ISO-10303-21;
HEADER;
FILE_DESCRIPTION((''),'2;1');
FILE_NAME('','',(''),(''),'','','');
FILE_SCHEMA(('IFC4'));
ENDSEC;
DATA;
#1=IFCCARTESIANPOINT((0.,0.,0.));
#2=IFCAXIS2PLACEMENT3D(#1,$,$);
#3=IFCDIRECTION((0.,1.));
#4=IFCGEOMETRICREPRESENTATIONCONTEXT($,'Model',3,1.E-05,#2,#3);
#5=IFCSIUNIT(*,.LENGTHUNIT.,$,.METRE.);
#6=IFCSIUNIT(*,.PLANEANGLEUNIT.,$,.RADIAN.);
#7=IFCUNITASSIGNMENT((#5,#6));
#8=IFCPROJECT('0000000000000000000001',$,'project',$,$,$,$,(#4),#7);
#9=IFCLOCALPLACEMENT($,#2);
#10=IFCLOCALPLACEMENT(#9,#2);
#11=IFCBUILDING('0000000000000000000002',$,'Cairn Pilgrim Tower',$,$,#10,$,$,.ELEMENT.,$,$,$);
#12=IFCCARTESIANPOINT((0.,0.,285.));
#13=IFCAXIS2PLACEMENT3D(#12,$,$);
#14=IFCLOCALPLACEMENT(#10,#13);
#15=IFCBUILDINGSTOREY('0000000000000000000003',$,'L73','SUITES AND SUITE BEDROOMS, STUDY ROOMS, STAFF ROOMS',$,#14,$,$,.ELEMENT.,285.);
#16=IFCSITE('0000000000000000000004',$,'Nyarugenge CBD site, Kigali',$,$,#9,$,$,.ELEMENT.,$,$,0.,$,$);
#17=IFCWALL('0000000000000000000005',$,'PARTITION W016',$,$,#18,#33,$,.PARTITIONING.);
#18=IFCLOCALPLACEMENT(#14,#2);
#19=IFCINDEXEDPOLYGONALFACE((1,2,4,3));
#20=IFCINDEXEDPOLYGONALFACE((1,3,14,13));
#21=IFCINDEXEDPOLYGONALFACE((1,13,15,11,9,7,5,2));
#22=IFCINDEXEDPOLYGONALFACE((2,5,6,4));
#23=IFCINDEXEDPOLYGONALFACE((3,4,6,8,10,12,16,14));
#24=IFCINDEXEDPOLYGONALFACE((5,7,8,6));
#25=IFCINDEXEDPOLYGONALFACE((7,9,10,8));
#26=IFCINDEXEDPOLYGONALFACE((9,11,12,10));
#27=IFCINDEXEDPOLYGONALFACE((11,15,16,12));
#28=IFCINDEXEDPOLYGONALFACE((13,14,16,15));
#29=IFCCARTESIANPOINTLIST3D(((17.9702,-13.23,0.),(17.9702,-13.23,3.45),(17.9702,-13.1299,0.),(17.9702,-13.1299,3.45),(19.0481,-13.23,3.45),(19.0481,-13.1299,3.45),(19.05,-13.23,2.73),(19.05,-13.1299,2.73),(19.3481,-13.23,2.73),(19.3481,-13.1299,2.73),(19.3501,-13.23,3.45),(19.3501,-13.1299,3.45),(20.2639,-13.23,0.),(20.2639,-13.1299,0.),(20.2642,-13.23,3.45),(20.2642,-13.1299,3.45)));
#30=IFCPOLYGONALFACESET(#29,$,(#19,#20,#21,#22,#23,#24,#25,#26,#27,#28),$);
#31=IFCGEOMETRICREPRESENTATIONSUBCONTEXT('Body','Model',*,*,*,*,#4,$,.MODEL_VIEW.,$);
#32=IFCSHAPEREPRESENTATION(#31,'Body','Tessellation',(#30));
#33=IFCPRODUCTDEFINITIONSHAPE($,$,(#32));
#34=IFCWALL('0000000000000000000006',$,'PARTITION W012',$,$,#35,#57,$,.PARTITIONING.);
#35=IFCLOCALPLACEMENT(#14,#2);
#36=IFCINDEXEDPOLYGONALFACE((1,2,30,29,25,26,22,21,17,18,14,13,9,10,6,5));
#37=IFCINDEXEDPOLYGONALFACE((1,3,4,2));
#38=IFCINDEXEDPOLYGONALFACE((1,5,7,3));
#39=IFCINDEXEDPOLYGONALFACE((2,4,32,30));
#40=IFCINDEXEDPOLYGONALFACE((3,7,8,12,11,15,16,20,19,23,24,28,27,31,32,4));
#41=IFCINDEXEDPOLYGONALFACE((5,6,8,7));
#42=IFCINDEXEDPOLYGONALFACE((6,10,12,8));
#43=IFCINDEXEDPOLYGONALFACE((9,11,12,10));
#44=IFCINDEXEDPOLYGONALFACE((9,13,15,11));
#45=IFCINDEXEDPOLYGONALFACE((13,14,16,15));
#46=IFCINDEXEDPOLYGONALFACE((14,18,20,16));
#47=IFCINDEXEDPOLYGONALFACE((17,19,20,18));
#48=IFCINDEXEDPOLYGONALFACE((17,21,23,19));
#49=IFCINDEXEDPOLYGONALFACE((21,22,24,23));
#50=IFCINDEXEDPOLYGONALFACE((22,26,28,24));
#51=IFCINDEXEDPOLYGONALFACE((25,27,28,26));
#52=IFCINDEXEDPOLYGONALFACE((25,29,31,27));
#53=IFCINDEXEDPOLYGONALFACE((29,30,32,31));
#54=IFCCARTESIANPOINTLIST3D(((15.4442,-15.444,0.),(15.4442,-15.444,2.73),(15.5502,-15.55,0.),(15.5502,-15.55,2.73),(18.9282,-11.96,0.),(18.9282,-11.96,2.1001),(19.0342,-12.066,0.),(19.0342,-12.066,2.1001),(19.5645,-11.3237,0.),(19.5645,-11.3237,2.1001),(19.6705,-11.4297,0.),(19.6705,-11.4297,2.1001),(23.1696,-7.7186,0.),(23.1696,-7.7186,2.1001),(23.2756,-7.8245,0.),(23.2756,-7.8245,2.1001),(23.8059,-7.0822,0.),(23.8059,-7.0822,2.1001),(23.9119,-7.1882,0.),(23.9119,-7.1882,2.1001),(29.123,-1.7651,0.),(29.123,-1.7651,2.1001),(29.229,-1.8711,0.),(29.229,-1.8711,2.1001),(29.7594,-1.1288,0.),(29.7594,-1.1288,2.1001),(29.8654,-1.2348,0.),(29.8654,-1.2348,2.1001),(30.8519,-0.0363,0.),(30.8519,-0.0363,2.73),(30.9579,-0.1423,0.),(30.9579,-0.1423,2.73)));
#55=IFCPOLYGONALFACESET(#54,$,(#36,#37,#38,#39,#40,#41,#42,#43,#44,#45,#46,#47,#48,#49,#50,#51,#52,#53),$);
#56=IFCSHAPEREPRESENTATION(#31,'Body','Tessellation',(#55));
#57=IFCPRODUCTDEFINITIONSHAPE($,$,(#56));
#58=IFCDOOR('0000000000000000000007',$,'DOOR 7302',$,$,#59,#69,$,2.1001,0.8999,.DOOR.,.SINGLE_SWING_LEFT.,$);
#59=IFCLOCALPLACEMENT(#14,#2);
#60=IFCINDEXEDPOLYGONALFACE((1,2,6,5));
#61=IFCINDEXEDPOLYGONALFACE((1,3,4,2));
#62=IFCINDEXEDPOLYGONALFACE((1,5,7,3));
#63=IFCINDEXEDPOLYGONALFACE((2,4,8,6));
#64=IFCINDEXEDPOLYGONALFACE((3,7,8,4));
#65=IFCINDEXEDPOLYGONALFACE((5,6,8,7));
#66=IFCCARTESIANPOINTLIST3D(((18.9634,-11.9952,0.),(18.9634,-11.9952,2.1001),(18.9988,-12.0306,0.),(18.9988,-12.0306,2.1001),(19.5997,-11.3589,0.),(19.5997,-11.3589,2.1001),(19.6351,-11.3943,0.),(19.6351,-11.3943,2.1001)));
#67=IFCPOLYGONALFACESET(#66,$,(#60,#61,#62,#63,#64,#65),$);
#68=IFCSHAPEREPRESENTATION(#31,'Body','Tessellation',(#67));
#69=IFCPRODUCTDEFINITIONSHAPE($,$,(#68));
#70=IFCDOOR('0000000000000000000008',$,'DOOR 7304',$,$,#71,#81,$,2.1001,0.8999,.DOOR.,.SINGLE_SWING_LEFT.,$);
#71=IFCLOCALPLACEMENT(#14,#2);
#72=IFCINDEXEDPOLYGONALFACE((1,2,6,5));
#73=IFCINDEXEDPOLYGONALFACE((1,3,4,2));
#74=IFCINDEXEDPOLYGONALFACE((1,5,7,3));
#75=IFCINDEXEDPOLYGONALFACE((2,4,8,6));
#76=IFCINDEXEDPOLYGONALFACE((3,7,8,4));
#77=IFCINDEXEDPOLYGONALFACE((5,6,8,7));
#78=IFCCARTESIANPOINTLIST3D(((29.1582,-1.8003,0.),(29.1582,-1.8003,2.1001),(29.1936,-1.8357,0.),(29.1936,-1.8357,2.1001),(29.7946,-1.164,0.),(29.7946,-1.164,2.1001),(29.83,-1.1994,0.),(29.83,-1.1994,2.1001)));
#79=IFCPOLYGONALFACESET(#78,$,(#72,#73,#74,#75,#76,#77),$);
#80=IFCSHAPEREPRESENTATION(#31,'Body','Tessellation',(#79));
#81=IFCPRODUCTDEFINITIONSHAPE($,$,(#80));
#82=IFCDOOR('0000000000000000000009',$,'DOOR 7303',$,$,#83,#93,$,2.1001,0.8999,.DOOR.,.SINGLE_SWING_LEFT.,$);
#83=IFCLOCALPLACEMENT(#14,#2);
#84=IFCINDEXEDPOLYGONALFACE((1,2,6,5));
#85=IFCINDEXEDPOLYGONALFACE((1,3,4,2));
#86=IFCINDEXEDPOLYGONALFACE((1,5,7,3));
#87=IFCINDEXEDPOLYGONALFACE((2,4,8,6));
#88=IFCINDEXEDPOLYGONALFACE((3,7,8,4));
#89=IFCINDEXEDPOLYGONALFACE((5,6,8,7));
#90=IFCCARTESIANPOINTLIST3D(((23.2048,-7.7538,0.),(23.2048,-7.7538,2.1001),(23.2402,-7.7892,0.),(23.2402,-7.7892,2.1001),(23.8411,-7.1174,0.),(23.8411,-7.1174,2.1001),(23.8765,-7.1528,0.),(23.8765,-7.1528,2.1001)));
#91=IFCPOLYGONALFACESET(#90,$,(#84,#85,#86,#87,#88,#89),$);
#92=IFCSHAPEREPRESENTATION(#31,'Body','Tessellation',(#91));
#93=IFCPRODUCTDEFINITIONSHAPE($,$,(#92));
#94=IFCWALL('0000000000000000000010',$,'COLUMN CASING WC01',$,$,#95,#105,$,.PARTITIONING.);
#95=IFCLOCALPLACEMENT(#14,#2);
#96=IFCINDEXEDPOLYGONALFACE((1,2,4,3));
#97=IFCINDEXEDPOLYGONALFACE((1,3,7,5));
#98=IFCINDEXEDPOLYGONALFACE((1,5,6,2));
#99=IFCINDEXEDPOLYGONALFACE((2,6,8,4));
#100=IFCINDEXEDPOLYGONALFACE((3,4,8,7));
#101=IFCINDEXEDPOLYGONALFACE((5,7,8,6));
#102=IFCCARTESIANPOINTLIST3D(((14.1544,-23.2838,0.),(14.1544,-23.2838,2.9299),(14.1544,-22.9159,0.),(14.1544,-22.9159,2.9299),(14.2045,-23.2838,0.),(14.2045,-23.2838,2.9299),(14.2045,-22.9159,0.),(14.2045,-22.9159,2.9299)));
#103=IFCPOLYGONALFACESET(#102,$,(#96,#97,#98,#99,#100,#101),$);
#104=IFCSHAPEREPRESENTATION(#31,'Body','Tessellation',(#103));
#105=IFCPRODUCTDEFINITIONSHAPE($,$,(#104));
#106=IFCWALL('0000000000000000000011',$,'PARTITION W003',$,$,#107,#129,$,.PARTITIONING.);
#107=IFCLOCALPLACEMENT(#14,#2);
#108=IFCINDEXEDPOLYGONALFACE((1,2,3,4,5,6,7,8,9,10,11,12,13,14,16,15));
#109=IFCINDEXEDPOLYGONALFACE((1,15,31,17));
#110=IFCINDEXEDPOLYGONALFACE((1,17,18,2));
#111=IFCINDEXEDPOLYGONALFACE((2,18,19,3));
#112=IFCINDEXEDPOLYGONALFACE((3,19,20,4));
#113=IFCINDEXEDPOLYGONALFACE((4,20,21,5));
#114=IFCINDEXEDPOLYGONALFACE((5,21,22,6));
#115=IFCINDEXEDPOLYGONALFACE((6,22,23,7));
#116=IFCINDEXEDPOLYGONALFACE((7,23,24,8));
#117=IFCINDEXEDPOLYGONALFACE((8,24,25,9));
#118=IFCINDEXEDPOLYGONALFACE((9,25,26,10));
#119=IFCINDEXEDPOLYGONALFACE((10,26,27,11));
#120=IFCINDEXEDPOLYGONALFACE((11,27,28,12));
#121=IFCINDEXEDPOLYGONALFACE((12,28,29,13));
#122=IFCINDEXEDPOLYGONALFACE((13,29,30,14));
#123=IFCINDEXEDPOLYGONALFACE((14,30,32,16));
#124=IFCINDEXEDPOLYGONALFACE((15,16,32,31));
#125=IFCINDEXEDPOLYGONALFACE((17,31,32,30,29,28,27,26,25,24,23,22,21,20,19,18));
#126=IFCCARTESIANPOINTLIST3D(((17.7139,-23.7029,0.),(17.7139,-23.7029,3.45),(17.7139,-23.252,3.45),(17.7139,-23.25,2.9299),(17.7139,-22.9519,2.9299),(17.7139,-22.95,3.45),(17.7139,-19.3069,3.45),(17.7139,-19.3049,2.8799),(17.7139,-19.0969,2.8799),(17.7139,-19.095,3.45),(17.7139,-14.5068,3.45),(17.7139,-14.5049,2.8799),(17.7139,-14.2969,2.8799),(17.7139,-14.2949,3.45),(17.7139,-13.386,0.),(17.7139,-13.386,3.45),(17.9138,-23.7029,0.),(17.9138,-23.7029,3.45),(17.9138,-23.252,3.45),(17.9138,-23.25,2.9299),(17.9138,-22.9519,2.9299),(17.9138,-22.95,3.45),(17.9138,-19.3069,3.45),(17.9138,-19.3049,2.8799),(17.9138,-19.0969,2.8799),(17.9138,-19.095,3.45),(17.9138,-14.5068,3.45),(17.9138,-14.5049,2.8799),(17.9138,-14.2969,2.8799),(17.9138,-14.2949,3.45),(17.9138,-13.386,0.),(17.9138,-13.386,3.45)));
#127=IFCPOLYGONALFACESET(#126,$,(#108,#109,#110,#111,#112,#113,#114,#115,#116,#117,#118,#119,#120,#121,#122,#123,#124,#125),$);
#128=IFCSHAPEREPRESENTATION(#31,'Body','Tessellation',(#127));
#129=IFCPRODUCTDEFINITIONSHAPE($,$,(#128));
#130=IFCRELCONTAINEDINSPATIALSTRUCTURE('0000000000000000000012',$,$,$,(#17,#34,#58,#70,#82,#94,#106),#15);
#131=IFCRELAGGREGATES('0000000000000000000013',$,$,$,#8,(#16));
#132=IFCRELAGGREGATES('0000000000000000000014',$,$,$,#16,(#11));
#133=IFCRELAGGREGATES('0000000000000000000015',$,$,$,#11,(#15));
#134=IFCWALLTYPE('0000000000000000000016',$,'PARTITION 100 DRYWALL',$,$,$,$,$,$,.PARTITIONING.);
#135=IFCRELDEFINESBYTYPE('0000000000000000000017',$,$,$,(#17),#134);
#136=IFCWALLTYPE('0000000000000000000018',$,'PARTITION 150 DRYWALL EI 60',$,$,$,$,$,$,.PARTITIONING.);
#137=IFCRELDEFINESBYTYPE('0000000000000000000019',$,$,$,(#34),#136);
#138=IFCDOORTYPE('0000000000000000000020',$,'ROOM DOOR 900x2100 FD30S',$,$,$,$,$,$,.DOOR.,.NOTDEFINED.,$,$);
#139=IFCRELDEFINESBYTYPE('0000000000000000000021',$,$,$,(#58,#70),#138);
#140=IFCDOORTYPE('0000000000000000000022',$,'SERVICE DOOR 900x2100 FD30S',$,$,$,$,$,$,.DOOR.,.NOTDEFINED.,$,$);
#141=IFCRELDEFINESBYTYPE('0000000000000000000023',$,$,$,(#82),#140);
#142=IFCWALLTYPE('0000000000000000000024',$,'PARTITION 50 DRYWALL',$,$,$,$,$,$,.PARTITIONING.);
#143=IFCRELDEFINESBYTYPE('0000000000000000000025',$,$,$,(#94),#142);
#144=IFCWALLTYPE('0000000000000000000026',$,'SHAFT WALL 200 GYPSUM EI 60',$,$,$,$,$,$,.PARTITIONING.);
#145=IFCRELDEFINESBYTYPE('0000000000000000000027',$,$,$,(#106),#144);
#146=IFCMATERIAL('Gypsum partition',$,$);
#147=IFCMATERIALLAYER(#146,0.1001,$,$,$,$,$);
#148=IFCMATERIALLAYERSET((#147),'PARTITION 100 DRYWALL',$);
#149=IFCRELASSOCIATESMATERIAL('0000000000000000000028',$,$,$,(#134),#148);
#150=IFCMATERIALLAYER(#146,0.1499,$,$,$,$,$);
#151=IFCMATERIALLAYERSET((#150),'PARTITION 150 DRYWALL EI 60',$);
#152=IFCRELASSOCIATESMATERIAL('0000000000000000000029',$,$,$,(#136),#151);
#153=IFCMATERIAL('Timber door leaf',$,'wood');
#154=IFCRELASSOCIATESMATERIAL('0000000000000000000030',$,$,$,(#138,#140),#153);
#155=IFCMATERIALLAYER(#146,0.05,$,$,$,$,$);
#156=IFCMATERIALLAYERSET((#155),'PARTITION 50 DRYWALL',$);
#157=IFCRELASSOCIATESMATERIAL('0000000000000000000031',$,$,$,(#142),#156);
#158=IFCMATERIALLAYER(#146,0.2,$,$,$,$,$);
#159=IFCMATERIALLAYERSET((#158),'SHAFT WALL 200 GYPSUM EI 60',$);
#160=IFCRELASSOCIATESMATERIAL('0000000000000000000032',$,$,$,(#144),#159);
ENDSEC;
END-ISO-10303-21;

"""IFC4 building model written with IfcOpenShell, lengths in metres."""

from ifc_helpers import new_model, si_unit, direction, frame, frame_2d, origin, place, context, subcontext, project, spatial, polyline, rectangle, outline, extrude, material, layer, layer_set, type_object, element, fill, save


model = new_model("IFC4")

# Units and contexts
model_context = context("Model", 3, precision=1e-05, world=origin(), true_north=direction((0.0, 1.0)))
body_context = subcontext(model_context, "Body", "Model", "MODEL_VIEW")
ifc_project = project(units=[si_unit("LENGTHUNIT", "METRE"), si_unit("PLANEANGLEUNIT", "RADIAN")], contexts=[model_context])

# Site, building, storey
site_placement = place(None, origin())
site = spatial("IfcSite", under=ifc_project, at=site_placement, Name="Nyarugenge CBD site, Kigali", CompositionType="ELEMENT", RefElevation=0.0)
building_placement = place(site_placement, origin())
building = spatial("IfcBuilding", under=site, at=building_placement, Name="Cairn Pilgrim Tower", CompositionType="ELEMENT")
storey_placement = place(building_placement, frame((0.0, 0.0, 285.0)))
storey = spatial("IfcBuildingStorey", under=building, at=storey_placement, Name="L73", Description="SUITES AND SUITE BEDROOMS, STUDY ROOMS, STAFF ROOMS", CompositionType="ELEMENT", Elevation=285.0)

# Shared definitions
ifc_material_1 = material(Name="Gypsum partition")
ifc_layer_1 = layer(ifc_material_1, 0.1001)
ifc_layer_set_1 = layer_set([ifc_layer_1], Name="PARTITION 100 DRYWALL")
wall_type_1 = type_object("IfcWallType", Name="PARTITION 100 DRYWALL", PredefinedType="PARTITIONING", material=ifc_layer_set_1)

# Shared definitions
ifc_material_2 = material(Name="Timber door leaf", Category="wood")

# Wall
wall_1_placement = place(storey_placement, frame((17.9702, -13.1799, 0.0), z_axis=(0.0, 0.0, 1.0), x_axis=(1.0, 0.0, 0.0)))
element("IfcWall", 1, at=wall_1_placement, inside=storey, type_object=wall_type_1, Name="PARTITION W016", PredefinedType="PARTITIONING", context=body_context, shape_type="SweptSolid", body=[
    extrude(outline(polyline([(0.0, 0.0), (2.2937, 0.0), (2.2939, 3.45), (1.3799, 3.45), (1.3779, 2.73), (1.0798, 2.73), (1.0779, 3.45), (0.0, 3.45), (0.0, 0.0)])), frame((0.0, 0.05, 0.0), z_axis=(0.0, -1.0, 0.0), x_axis=(1.0, 0.0, 0.0)), (0.0, 0.0, 1.0), 0.1001),
])

# Wall, openings, doors
ifc_layer_2 = layer(ifc_material_1, 0.1499)
ifc_layer_set_2 = layer_set([ifc_layer_2], Name="PARTITION 150 DRYWALL EI 60")
wall_type_2 = type_object("IfcWallType", Name="PARTITION 150 DRYWALL EI 60", PredefinedType="PARTITIONING", material=ifc_layer_set_2)
wall_2_placement = place(storey_placement, frame((15.4971, -15.4971, 0.0), z_axis=(0.0, 0.0, 1.0), x_axis=(0.707107, 0.707107, 0.0)))
wall_2 = element("IfcWall", 2, at=wall_2_placement, inside=storey, type_object=wall_type_2, Name="PARTITION W012", PredefinedType="PARTITIONING", context=body_context, shape_type="SweptSolid", body=[
    extrude(rectangle(XDim=21.7898, YDim=0.1499, at=frame_2d((10.895, 0.0))), origin(), (0.0, 0.0, 1.0), 2.73),
])
opening_1_placement = place(wall_2_placement, frame((4.9272, 0.0, 0.0)))
opening_1 = element("IfcOpeningElement", 3, at=opening_1_placement, cuts=wall_2, PredefinedType="OPENING", context=body_context, shape_type="SweptSolid", body=[
    extrude(rectangle(XDim=0.8999, YDim=2.1001, at=frame_2d((0.45, 1.05))), frame((0.0, 0.085, 0.0), z_axis=(0.0, -1.0, 0.0), x_axis=(1.0, 0.0, 0.0)), (0.0, 0.0, 1.0), 0.1699),
])
opening_2_placement = place(wall_2_placement, frame((10.9255, 0.0, 0.0)))
opening_2 = element("IfcOpeningElement", 4, at=opening_2_placement, cuts=wall_2, PredefinedType="OPENING", context=body_context, shape_type="SweptSolid", body=[
    extrude(rectangle(XDim=0.8999, YDim=2.1001, at=frame_2d((0.45, 1.05))), frame((0.0, 0.085, 0.0), z_axis=(0.0, -1.0, 0.0), x_axis=(1.0, 0.0, 0.0)), (0.0, 0.0, 1.0), 0.1699),
])
opening_3_placement = place(wall_2_placement, frame((19.345, 0.0, 0.0)))
opening_3 = element("IfcOpeningElement", 5, at=opening_3_placement, cuts=wall_2, PredefinedType="OPENING", context=body_context, shape_type="SweptSolid", body=[
    extrude(rectangle(XDim=0.8999, YDim=2.1001, at=frame_2d((0.45, 1.05))), frame((0.0, 0.085, 0.0), z_axis=(0.0, -1.0, 0.0), x_axis=(1.0, 0.0, 0.0)), (0.0, 0.0, 1.0), 0.1699),
])
door_type_1 = type_object("IfcDoorType", Name="ROOM DOOR 900x2100 FD30S", OperationType="NOTDEFINED", PredefinedType="DOOR", material=ifc_material_2)
door_1_placement = place(opening_1_placement, frame((0.8999, 0.0, 0.0), z_axis=(0.0, 0.0, 1.0), x_axis=(-1.0, 0.0, 0.0)))
door_1 = element("IfcDoor", 6, at=door_1_placement, inside=storey, type_object=door_type_1, Name="DOOR 7302", OperationType="SINGLE_SWING_LEFT", OverallHeight=2.1001, OverallWidth=0.8999, PredefinedType="DOOR", context=body_context, shape_type="SweptSolid", body=[
    extrude(rectangle(XDim=0.8999, YDim=2.1001, at=frame_2d((0.45, 1.05))), frame((0.0, 0.0249, 0.0), z_axis=(0.0, -1.0, 0.0), x_axis=(1.0, 0.0, 0.0)), (0.0, 0.0, 1.0), 0.05),
])
fill(opening_1, door_1)
door_2_placement = place(opening_3_placement, frame((0.8999, 0.0, 0.0), z_axis=(0.0, 0.0, 1.0), x_axis=(-1.0, 0.0, 0.0)))
door_2 = element("IfcDoor", 7, at=door_2_placement, inside=storey, type_object=door_type_1, Name="DOOR 7304", OperationType="SINGLE_SWING_LEFT", OverallHeight=2.1001, OverallWidth=0.8999, PredefinedType="DOOR", context=body_context, shape_type="SweptSolid", body=[
    extrude(rectangle(XDim=0.8999, YDim=2.1001, at=frame_2d((0.45, 1.05))), frame((0.0, 0.0249, 0.0), z_axis=(0.0, -1.0, 0.0), x_axis=(1.0, 0.0, 0.0)), (0.0, 0.0, 1.0), 0.05),
])
fill(opening_3, door_2)
door_type_2 = type_object("IfcDoorType", Name="SERVICE DOOR 900x2100 FD30S", OperationType="NOTDEFINED", PredefinedType="DOOR", material=ifc_material_2)
door_3_placement = place(opening_2_placement, frame((0.8999, 0.0, 0.0), z_axis=(0.0, 0.0, 1.0), x_axis=(-1.0, 0.0, 0.0)))
door_3 = element("IfcDoor", 8, at=door_3_placement, inside=storey, type_object=door_type_2, Name="DOOR 7303", OperationType="SINGLE_SWING_LEFT", OverallHeight=2.1001, OverallWidth=0.8999, PredefinedType="DOOR", context=body_context, shape_type="SweptSolid", body=[
    extrude(rectangle(XDim=0.8999, YDim=2.1001, at=frame_2d((0.45, 1.05))), frame((0.0, 0.0249, 0.0), z_axis=(0.0, -1.0, 0.0), x_axis=(1.0, 0.0, 0.0)), (0.0, 0.0, 1.0), 0.05),
])
fill(opening_2, door_3)

# Walls
ifc_layer_3 = layer(ifc_material_1, 0.05)
ifc_layer_set_3 = layer_set([ifc_layer_3], Name="PARTITION 50 DRYWALL")
wall_type_3 = type_object("IfcWallType", Name="PARTITION 50 DRYWALL", PredefinedType="PARTITIONING", material=ifc_layer_set_3)
wall_3_placement = place(storey_placement, frame((14.1794, -23.2839, 0.0), z_axis=(0.0, 0.0, 1.0), x_axis=(0.0, 1.0, 0.0)))
element("IfcWall", 9, at=wall_3_placement, inside=storey, type_object=wall_type_3, Name="COLUMN CASING WC01", PredefinedType="PARTITIONING", context=body_context, shape_type="SweptSolid", body=[
    extrude(rectangle(XDim=0.3679, YDim=0.05, at=frame_2d((0.1841, 0.0))), origin(), (0.0, 0.0, 1.0), 2.9299),
])
ifc_layer_4 = layer(ifc_material_1, 0.2)
ifc_layer_set_4 = layer_set([ifc_layer_4], Name="SHAFT WALL 200 GYPSUM EI 60")
wall_type_4 = type_object("IfcWallType", Name="SHAFT WALL 200 GYPSUM EI 60", PredefinedType="PARTITIONING", material=ifc_layer_set_4)
wall_4_placement = place(storey_placement, frame((17.814, -23.7029, 0.0), z_axis=(0.0, 0.0, 1.0), x_axis=(0.0, 1.0, 0.0)))
element("IfcWall", 10, at=wall_4_placement, inside=storey, type_object=wall_type_4, Name="PARTITION W003", PredefinedType="PARTITIONING", context=body_context, shape_type="SweptSolid", body=[
    extrude(outline(polyline([(0.0, 0.0), (10.3169, 0.0), (10.3169, 3.45), (9.408, 3.45), (9.406, 2.8799), (9.198, 2.8799), (9.196, 3.45), (4.6079, 3.45), (4.606, 2.8799), (4.3979, 2.8799), (4.396, 3.45), (0.7529, 3.45), (0.751, 2.9299), (0.4529, 2.9299), (0.4509, 3.45), (0.0, 3.45), (0.0, 0.0)])), frame((0.0, 0.1001, 0.0), z_axis=(0.0, -1.0, 0.0), x_axis=(1.0, 0.0, 0.0)), (0.0, 0.0, 1.0), 0.2),
])

save(model, "model.ifc")
